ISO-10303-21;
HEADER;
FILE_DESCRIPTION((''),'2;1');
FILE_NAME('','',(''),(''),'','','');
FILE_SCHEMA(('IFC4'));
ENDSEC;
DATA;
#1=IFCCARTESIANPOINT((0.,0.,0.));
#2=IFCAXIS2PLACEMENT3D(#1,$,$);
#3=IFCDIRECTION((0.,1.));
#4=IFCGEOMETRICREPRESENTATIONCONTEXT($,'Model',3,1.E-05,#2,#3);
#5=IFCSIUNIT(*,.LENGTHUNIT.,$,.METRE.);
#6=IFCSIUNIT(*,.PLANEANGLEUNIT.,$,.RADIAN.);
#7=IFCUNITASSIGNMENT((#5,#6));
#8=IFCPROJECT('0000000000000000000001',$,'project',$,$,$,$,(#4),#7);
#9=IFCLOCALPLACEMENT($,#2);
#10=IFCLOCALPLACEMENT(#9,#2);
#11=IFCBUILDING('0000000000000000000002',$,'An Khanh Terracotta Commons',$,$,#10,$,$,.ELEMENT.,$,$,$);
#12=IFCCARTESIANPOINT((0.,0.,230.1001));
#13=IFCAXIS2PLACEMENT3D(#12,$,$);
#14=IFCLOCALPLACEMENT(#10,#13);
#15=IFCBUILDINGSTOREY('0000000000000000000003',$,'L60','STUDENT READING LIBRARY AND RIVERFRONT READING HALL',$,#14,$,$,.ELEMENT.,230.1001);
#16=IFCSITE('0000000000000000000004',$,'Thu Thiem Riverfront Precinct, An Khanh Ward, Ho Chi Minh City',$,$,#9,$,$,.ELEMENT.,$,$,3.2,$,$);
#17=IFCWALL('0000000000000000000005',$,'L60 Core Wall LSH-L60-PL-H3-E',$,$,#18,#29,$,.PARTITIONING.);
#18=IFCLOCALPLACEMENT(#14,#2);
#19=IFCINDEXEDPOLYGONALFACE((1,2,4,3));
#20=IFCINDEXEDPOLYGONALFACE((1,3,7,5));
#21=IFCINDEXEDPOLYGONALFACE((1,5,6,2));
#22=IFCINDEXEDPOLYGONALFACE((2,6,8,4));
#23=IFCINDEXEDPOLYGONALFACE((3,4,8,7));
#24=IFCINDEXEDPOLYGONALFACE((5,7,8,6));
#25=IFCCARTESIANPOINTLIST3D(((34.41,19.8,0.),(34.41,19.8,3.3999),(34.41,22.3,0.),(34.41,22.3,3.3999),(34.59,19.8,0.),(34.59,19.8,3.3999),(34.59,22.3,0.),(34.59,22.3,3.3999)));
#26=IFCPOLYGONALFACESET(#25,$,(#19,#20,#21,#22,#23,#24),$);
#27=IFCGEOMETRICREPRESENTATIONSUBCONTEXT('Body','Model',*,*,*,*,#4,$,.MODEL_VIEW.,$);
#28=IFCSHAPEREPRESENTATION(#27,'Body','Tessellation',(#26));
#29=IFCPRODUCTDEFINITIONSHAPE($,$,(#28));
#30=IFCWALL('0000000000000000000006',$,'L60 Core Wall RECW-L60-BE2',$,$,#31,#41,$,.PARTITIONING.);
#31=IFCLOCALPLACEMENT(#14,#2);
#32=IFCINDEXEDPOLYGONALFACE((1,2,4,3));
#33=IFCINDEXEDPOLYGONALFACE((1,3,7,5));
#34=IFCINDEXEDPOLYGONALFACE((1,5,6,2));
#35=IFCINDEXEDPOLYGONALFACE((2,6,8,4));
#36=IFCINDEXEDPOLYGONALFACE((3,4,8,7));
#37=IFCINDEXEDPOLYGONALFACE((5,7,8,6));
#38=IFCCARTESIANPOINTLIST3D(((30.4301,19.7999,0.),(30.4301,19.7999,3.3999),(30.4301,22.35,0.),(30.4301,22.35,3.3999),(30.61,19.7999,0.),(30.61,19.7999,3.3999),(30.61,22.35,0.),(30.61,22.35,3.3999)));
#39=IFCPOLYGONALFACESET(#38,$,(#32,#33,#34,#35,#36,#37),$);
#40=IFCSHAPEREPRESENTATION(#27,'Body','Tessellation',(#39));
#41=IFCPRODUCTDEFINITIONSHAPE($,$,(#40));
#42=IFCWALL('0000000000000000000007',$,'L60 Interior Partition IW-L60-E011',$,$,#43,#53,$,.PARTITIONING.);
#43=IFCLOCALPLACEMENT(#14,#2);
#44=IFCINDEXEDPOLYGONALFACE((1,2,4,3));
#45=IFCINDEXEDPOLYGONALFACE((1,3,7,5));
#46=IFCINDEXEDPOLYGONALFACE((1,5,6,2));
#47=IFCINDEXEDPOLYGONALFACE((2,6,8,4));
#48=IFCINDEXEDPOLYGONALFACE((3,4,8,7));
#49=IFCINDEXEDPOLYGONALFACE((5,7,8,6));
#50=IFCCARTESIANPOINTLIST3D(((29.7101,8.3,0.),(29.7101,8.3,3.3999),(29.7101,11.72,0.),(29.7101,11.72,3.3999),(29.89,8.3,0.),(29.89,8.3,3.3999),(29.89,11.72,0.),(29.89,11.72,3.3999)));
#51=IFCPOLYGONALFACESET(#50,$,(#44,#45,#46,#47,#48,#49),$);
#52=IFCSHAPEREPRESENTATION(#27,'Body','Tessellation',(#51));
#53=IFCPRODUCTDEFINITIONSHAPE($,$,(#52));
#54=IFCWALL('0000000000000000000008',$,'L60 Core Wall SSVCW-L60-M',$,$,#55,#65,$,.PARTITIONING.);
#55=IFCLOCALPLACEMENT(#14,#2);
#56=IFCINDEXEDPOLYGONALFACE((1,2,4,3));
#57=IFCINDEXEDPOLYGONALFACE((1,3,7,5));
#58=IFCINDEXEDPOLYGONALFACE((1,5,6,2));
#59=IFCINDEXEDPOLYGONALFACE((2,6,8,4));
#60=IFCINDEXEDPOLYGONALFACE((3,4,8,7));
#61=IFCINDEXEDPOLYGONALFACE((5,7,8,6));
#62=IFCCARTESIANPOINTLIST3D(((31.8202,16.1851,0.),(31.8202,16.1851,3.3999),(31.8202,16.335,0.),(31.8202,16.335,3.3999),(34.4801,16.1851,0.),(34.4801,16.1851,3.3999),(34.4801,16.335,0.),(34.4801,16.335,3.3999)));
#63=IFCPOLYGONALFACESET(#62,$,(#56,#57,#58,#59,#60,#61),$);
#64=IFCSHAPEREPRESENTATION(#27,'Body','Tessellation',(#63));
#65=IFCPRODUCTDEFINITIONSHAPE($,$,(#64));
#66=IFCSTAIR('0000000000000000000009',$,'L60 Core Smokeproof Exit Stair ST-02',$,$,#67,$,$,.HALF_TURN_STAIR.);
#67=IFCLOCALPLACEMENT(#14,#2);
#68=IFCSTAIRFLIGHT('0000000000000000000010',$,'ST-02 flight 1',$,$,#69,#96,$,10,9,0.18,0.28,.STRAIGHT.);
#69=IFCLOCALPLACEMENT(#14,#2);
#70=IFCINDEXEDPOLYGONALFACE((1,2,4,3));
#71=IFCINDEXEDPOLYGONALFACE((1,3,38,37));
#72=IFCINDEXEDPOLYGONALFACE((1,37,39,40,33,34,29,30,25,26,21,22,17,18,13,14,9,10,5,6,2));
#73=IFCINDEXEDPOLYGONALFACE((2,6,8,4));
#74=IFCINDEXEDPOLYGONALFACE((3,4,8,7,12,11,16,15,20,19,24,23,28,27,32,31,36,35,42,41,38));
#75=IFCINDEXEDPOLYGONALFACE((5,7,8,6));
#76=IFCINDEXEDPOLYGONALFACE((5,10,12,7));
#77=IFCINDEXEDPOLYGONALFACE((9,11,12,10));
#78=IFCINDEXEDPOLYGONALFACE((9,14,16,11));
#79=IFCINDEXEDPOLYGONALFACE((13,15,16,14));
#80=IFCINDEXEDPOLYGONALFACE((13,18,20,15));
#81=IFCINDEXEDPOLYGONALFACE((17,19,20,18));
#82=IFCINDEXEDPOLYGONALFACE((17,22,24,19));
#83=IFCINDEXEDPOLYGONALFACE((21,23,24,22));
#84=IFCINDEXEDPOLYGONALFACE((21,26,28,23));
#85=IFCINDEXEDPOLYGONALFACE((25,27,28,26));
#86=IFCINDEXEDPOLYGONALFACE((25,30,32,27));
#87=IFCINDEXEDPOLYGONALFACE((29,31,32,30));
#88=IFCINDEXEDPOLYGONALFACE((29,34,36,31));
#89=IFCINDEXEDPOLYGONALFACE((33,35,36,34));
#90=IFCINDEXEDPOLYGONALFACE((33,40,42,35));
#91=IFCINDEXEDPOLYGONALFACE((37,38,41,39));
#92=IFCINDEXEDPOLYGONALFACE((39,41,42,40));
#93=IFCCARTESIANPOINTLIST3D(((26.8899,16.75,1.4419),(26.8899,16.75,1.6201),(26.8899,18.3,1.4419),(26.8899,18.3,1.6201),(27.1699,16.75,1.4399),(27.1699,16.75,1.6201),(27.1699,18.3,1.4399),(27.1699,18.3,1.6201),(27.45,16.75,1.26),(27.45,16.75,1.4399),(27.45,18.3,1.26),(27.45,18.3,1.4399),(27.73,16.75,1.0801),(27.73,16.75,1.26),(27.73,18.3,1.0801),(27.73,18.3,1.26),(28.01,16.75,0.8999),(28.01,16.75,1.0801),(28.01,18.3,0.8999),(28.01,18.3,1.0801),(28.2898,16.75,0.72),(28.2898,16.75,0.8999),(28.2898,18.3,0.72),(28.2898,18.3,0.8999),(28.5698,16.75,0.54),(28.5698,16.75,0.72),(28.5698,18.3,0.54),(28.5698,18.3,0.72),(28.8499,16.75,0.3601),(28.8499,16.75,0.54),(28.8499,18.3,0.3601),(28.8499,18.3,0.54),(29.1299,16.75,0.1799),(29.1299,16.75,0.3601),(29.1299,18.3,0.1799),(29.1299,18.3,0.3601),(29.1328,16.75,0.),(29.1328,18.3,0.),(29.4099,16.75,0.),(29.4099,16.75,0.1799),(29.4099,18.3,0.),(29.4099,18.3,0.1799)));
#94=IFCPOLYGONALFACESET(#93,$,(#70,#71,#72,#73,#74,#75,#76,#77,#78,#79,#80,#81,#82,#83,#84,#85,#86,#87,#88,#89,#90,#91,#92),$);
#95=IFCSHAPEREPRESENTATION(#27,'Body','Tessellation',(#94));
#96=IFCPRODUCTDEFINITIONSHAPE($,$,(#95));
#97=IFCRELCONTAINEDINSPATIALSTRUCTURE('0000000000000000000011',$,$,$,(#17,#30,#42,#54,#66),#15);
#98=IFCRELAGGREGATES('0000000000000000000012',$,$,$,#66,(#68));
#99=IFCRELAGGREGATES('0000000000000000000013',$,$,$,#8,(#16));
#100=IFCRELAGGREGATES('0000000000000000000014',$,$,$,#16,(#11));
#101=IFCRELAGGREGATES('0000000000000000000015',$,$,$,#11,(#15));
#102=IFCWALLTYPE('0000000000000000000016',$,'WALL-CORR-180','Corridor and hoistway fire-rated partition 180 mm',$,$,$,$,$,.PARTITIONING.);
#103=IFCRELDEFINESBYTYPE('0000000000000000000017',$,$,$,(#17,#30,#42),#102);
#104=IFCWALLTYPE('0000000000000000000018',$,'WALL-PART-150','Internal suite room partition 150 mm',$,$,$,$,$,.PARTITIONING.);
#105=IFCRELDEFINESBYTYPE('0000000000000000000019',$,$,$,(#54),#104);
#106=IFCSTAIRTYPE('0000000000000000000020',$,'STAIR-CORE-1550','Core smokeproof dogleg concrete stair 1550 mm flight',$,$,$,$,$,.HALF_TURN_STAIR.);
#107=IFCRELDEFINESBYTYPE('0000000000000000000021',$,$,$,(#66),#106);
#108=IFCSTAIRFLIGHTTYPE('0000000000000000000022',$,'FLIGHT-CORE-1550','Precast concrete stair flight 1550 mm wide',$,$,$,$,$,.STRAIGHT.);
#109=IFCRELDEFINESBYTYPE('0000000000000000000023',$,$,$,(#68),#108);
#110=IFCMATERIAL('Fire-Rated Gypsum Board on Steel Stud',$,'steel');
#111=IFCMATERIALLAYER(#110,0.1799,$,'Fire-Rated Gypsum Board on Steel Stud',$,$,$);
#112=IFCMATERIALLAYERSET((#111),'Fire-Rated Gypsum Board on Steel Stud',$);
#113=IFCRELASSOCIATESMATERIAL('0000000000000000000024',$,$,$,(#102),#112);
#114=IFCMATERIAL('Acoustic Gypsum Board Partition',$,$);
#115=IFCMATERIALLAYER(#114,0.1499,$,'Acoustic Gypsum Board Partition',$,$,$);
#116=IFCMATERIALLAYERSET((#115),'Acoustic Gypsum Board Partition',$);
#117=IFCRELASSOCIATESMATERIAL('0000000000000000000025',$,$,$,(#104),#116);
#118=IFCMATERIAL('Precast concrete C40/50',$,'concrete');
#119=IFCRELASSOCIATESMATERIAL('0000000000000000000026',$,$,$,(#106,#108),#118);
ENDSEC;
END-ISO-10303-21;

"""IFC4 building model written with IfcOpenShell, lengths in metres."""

from ifc_helpers import new_model, si_unit, direction, frame, frame_2d, origin, place, context, subcontext, project, spatial, polyline, rectangle, outline, extrude, material, layer, layer_set, type_object, element, aggregate, save


model = new_model("IFC4")

# Units and contexts
model_context = context("Model", 3, precision=1e-05, world=origin(), true_north=direction((0.0, 1.0)))
body_context = subcontext(model_context, "Body", "Model", "MODEL_VIEW")
ifc_project = project(units=[si_unit("LENGTHUNIT", "METRE"), si_unit("PLANEANGLEUNIT", "RADIAN")], contexts=[model_context])

# Site, building, storey
site_placement = place(None, origin())
site = spatial("IfcSite", under=ifc_project, at=site_placement, Name="Thu Thiem Riverfront Precinct, An Khanh Ward, Ho Chi Minh City", CompositionType="ELEMENT", RefElevation=3.2)
building_placement = place(site_placement, origin())
building = spatial("IfcBuilding", under=site, at=building_placement, Name="An Khanh Terracotta Commons", CompositionType="ELEMENT")
storey_placement = place(building_placement, frame((0.0, 0.0, 230.1001)))
storey = spatial("IfcBuildingStorey", under=building, at=storey_placement, Name="L60", Description="STUDENT READING LIBRARY AND RIVERFRONT READING HALL", CompositionType="ELEMENT", Elevation=230.1001)

# Shared definitions
ifc_material_1 = material(Name="Fire-Rated Gypsum Board on Steel Stud", Category="steel")
ifc_layer_1 = layer(ifc_material_1, 0.1799, Name="Fire-Rated Gypsum Board on Steel Stud")
ifc_layer_set_1 = layer_set([ifc_layer_1], Name="Fire-Rated Gypsum Board on Steel Stud")
wall_type_1 = type_object("IfcWallType", Name="WALL-CORR-180", Description="Corridor and hoistway fire-rated partition 180 mm", PredefinedType="PARTITIONING", material=ifc_layer_set_1)

# Walls
wall_1_placement = place(storey_placement, frame((34.5, 19.8, 0.0), z_axis=(0.0, 0.0, 1.0), x_axis=(0.0, 1.0, 0.0)))
element("IfcWall", 1, at=wall_1_placement, inside=storey, type_object=wall_type_1, Name="L60 Core Wall LSH-L60-PL-H3-E", PredefinedType="PARTITIONING", context=body_context, shape_type="SweptSolid", body=[
    extrude(rectangle(XDim=2.5, YDim=0.1799, at=frame_2d((1.25, 0.0))), origin(), (0.0, 0.0, 1.0), 3.3999),
])
wall_2_placement = place(storey_placement, frame((30.52, 19.8, 0.0), z_axis=(0.0, 0.0, 1.0), x_axis=(0.0, 1.0, 0.0)))
element("IfcWall", 2, at=wall_2_placement, inside=storey, type_object=wall_type_1, Name="L60 Core Wall RECW-L60-BE2", PredefinedType="PARTITIONING", context=body_context, shape_type="SweptSolid", body=[
    extrude(rectangle(XDim=2.55, YDim=0.1799, at=frame_2d((1.2749, 0.0))), origin(), (0.0, 0.0, 1.0), 3.3999),
])
wall_3_placement = place(storey_placement, frame((29.8, 8.3, 0.0), z_axis=(0.0, 0.0, 1.0), x_axis=(0.0, 1.0, 0.0)))
element("IfcWall", 3, at=wall_3_placement, inside=storey, type_object=wall_type_1, Name="L60 Interior Partition IW-L60-E011", PredefinedType="PARTITIONING", context=body_context, shape_type="SweptSolid", body=[
    extrude(rectangle(XDim=3.4199, YDim=0.1799, at=frame_2d((1.71, 0.0))), origin(), (0.0, 0.0, 1.0), 3.3999),
])
ifc_material_2 = material(Name="Acoustic Gypsum Board Partition")
ifc_layer_2 = layer(ifc_material_2, 0.1499, Name="Acoustic Gypsum Board Partition")
ifc_layer_set_2 = layer_set([ifc_layer_2], Name="Acoustic Gypsum Board Partition")
wall_type_2 = type_object("IfcWallType", Name="WALL-PART-150", Description="Internal suite room partition 150 mm", PredefinedType="PARTITIONING", material=ifc_layer_set_2)
wall_4_placement = place(storey_placement, frame((31.8201, 16.26, 0.0), z_axis=(0.0, 0.0, 1.0), x_axis=(1.0, 0.0, 0.0)))
element("IfcWall", 4, at=wall_4_placement, inside=storey, type_object=wall_type_2, Name="L60 Core Wall SSVCW-L60-M", PredefinedType="PARTITIONING", context=body_context, shape_type="SweptSolid", body=[
    extrude(rectangle(XDim=2.6599, YDim=0.1499, at=frame_2d((1.3301, 0.0))), origin(), (0.0, 0.0, 1.0), 3.3999),
])

# Stair, stair flight
ifc_material_3 = material(Name="Precast concrete C40/50", Category="concrete")
stair_type = type_object("IfcStairType", Name="STAIR-CORE-1550", Description="Core smokeproof dogleg concrete stair 1550 mm flight", PredefinedType="HALF_TURN_STAIR", material=ifc_material_3)
stair_placement = place(storey_placement, origin())
stair = element("IfcStair", 5, at=stair_placement, inside=storey, type_object=stair_type, Name="L60 Core Smokeproof Exit Stair ST-02", PredefinedType="HALF_TURN_STAIR")
stair_flight_type = type_object("IfcStairFlightType", Name="FLIGHT-CORE-1550", Description="Precast concrete stair flight 1550 mm wide", PredefinedType="STRAIGHT", material=ifc_material_3)
stair_flight_placement = place(storey_placement, frame((29.4099, 17.5249, 0.0), z_axis=(0.0, 0.0, 1.0), x_axis=(-1.0, 0.0, 0.0)))
stair_flight = element("IfcStairFlight", 6, at=stair_flight_placement, type_object=stair_flight_type, Name="ST-02 flight 1", NumberOfRisers=10, NumberOfTreads=9, PredefinedType="STRAIGHT", RiserHeight=0.18, TreadLength=0.28, context=body_context, shape_type="SweptSolid", body=[
    extrude(outline(polyline([(0.0, 0.0), (0.0, 0.1799), (0.28, 0.1799), (0.28, 0.3601), (0.5601, 0.3601), (0.5601, 0.54), (0.8401, 0.54), (0.8401, 0.72), (1.1201, 0.72), (1.1201, 0.8999), (1.3999, 0.8999), (1.3999, 1.0801), (1.6799, 1.0801), (1.6799, 1.26), (1.96, 1.26), (1.96, 1.4399), (2.24, 1.4399), (2.24, 1.6201), (2.52, 1.6201), (2.52, 1.8), (2.52, 1.4419), (0.2771, 0.0), (0.0, 0.0)])), frame((0.0, 0.7749, 0.0), z_axis=(0.0, -1.0, 0.0), x_axis=(1.0, 0.0, 0.0)), (0.0, 0.0, 1.0), 1.55),
])
aggregate(stair, [stair_flight])

save(model, "model.ifc")
